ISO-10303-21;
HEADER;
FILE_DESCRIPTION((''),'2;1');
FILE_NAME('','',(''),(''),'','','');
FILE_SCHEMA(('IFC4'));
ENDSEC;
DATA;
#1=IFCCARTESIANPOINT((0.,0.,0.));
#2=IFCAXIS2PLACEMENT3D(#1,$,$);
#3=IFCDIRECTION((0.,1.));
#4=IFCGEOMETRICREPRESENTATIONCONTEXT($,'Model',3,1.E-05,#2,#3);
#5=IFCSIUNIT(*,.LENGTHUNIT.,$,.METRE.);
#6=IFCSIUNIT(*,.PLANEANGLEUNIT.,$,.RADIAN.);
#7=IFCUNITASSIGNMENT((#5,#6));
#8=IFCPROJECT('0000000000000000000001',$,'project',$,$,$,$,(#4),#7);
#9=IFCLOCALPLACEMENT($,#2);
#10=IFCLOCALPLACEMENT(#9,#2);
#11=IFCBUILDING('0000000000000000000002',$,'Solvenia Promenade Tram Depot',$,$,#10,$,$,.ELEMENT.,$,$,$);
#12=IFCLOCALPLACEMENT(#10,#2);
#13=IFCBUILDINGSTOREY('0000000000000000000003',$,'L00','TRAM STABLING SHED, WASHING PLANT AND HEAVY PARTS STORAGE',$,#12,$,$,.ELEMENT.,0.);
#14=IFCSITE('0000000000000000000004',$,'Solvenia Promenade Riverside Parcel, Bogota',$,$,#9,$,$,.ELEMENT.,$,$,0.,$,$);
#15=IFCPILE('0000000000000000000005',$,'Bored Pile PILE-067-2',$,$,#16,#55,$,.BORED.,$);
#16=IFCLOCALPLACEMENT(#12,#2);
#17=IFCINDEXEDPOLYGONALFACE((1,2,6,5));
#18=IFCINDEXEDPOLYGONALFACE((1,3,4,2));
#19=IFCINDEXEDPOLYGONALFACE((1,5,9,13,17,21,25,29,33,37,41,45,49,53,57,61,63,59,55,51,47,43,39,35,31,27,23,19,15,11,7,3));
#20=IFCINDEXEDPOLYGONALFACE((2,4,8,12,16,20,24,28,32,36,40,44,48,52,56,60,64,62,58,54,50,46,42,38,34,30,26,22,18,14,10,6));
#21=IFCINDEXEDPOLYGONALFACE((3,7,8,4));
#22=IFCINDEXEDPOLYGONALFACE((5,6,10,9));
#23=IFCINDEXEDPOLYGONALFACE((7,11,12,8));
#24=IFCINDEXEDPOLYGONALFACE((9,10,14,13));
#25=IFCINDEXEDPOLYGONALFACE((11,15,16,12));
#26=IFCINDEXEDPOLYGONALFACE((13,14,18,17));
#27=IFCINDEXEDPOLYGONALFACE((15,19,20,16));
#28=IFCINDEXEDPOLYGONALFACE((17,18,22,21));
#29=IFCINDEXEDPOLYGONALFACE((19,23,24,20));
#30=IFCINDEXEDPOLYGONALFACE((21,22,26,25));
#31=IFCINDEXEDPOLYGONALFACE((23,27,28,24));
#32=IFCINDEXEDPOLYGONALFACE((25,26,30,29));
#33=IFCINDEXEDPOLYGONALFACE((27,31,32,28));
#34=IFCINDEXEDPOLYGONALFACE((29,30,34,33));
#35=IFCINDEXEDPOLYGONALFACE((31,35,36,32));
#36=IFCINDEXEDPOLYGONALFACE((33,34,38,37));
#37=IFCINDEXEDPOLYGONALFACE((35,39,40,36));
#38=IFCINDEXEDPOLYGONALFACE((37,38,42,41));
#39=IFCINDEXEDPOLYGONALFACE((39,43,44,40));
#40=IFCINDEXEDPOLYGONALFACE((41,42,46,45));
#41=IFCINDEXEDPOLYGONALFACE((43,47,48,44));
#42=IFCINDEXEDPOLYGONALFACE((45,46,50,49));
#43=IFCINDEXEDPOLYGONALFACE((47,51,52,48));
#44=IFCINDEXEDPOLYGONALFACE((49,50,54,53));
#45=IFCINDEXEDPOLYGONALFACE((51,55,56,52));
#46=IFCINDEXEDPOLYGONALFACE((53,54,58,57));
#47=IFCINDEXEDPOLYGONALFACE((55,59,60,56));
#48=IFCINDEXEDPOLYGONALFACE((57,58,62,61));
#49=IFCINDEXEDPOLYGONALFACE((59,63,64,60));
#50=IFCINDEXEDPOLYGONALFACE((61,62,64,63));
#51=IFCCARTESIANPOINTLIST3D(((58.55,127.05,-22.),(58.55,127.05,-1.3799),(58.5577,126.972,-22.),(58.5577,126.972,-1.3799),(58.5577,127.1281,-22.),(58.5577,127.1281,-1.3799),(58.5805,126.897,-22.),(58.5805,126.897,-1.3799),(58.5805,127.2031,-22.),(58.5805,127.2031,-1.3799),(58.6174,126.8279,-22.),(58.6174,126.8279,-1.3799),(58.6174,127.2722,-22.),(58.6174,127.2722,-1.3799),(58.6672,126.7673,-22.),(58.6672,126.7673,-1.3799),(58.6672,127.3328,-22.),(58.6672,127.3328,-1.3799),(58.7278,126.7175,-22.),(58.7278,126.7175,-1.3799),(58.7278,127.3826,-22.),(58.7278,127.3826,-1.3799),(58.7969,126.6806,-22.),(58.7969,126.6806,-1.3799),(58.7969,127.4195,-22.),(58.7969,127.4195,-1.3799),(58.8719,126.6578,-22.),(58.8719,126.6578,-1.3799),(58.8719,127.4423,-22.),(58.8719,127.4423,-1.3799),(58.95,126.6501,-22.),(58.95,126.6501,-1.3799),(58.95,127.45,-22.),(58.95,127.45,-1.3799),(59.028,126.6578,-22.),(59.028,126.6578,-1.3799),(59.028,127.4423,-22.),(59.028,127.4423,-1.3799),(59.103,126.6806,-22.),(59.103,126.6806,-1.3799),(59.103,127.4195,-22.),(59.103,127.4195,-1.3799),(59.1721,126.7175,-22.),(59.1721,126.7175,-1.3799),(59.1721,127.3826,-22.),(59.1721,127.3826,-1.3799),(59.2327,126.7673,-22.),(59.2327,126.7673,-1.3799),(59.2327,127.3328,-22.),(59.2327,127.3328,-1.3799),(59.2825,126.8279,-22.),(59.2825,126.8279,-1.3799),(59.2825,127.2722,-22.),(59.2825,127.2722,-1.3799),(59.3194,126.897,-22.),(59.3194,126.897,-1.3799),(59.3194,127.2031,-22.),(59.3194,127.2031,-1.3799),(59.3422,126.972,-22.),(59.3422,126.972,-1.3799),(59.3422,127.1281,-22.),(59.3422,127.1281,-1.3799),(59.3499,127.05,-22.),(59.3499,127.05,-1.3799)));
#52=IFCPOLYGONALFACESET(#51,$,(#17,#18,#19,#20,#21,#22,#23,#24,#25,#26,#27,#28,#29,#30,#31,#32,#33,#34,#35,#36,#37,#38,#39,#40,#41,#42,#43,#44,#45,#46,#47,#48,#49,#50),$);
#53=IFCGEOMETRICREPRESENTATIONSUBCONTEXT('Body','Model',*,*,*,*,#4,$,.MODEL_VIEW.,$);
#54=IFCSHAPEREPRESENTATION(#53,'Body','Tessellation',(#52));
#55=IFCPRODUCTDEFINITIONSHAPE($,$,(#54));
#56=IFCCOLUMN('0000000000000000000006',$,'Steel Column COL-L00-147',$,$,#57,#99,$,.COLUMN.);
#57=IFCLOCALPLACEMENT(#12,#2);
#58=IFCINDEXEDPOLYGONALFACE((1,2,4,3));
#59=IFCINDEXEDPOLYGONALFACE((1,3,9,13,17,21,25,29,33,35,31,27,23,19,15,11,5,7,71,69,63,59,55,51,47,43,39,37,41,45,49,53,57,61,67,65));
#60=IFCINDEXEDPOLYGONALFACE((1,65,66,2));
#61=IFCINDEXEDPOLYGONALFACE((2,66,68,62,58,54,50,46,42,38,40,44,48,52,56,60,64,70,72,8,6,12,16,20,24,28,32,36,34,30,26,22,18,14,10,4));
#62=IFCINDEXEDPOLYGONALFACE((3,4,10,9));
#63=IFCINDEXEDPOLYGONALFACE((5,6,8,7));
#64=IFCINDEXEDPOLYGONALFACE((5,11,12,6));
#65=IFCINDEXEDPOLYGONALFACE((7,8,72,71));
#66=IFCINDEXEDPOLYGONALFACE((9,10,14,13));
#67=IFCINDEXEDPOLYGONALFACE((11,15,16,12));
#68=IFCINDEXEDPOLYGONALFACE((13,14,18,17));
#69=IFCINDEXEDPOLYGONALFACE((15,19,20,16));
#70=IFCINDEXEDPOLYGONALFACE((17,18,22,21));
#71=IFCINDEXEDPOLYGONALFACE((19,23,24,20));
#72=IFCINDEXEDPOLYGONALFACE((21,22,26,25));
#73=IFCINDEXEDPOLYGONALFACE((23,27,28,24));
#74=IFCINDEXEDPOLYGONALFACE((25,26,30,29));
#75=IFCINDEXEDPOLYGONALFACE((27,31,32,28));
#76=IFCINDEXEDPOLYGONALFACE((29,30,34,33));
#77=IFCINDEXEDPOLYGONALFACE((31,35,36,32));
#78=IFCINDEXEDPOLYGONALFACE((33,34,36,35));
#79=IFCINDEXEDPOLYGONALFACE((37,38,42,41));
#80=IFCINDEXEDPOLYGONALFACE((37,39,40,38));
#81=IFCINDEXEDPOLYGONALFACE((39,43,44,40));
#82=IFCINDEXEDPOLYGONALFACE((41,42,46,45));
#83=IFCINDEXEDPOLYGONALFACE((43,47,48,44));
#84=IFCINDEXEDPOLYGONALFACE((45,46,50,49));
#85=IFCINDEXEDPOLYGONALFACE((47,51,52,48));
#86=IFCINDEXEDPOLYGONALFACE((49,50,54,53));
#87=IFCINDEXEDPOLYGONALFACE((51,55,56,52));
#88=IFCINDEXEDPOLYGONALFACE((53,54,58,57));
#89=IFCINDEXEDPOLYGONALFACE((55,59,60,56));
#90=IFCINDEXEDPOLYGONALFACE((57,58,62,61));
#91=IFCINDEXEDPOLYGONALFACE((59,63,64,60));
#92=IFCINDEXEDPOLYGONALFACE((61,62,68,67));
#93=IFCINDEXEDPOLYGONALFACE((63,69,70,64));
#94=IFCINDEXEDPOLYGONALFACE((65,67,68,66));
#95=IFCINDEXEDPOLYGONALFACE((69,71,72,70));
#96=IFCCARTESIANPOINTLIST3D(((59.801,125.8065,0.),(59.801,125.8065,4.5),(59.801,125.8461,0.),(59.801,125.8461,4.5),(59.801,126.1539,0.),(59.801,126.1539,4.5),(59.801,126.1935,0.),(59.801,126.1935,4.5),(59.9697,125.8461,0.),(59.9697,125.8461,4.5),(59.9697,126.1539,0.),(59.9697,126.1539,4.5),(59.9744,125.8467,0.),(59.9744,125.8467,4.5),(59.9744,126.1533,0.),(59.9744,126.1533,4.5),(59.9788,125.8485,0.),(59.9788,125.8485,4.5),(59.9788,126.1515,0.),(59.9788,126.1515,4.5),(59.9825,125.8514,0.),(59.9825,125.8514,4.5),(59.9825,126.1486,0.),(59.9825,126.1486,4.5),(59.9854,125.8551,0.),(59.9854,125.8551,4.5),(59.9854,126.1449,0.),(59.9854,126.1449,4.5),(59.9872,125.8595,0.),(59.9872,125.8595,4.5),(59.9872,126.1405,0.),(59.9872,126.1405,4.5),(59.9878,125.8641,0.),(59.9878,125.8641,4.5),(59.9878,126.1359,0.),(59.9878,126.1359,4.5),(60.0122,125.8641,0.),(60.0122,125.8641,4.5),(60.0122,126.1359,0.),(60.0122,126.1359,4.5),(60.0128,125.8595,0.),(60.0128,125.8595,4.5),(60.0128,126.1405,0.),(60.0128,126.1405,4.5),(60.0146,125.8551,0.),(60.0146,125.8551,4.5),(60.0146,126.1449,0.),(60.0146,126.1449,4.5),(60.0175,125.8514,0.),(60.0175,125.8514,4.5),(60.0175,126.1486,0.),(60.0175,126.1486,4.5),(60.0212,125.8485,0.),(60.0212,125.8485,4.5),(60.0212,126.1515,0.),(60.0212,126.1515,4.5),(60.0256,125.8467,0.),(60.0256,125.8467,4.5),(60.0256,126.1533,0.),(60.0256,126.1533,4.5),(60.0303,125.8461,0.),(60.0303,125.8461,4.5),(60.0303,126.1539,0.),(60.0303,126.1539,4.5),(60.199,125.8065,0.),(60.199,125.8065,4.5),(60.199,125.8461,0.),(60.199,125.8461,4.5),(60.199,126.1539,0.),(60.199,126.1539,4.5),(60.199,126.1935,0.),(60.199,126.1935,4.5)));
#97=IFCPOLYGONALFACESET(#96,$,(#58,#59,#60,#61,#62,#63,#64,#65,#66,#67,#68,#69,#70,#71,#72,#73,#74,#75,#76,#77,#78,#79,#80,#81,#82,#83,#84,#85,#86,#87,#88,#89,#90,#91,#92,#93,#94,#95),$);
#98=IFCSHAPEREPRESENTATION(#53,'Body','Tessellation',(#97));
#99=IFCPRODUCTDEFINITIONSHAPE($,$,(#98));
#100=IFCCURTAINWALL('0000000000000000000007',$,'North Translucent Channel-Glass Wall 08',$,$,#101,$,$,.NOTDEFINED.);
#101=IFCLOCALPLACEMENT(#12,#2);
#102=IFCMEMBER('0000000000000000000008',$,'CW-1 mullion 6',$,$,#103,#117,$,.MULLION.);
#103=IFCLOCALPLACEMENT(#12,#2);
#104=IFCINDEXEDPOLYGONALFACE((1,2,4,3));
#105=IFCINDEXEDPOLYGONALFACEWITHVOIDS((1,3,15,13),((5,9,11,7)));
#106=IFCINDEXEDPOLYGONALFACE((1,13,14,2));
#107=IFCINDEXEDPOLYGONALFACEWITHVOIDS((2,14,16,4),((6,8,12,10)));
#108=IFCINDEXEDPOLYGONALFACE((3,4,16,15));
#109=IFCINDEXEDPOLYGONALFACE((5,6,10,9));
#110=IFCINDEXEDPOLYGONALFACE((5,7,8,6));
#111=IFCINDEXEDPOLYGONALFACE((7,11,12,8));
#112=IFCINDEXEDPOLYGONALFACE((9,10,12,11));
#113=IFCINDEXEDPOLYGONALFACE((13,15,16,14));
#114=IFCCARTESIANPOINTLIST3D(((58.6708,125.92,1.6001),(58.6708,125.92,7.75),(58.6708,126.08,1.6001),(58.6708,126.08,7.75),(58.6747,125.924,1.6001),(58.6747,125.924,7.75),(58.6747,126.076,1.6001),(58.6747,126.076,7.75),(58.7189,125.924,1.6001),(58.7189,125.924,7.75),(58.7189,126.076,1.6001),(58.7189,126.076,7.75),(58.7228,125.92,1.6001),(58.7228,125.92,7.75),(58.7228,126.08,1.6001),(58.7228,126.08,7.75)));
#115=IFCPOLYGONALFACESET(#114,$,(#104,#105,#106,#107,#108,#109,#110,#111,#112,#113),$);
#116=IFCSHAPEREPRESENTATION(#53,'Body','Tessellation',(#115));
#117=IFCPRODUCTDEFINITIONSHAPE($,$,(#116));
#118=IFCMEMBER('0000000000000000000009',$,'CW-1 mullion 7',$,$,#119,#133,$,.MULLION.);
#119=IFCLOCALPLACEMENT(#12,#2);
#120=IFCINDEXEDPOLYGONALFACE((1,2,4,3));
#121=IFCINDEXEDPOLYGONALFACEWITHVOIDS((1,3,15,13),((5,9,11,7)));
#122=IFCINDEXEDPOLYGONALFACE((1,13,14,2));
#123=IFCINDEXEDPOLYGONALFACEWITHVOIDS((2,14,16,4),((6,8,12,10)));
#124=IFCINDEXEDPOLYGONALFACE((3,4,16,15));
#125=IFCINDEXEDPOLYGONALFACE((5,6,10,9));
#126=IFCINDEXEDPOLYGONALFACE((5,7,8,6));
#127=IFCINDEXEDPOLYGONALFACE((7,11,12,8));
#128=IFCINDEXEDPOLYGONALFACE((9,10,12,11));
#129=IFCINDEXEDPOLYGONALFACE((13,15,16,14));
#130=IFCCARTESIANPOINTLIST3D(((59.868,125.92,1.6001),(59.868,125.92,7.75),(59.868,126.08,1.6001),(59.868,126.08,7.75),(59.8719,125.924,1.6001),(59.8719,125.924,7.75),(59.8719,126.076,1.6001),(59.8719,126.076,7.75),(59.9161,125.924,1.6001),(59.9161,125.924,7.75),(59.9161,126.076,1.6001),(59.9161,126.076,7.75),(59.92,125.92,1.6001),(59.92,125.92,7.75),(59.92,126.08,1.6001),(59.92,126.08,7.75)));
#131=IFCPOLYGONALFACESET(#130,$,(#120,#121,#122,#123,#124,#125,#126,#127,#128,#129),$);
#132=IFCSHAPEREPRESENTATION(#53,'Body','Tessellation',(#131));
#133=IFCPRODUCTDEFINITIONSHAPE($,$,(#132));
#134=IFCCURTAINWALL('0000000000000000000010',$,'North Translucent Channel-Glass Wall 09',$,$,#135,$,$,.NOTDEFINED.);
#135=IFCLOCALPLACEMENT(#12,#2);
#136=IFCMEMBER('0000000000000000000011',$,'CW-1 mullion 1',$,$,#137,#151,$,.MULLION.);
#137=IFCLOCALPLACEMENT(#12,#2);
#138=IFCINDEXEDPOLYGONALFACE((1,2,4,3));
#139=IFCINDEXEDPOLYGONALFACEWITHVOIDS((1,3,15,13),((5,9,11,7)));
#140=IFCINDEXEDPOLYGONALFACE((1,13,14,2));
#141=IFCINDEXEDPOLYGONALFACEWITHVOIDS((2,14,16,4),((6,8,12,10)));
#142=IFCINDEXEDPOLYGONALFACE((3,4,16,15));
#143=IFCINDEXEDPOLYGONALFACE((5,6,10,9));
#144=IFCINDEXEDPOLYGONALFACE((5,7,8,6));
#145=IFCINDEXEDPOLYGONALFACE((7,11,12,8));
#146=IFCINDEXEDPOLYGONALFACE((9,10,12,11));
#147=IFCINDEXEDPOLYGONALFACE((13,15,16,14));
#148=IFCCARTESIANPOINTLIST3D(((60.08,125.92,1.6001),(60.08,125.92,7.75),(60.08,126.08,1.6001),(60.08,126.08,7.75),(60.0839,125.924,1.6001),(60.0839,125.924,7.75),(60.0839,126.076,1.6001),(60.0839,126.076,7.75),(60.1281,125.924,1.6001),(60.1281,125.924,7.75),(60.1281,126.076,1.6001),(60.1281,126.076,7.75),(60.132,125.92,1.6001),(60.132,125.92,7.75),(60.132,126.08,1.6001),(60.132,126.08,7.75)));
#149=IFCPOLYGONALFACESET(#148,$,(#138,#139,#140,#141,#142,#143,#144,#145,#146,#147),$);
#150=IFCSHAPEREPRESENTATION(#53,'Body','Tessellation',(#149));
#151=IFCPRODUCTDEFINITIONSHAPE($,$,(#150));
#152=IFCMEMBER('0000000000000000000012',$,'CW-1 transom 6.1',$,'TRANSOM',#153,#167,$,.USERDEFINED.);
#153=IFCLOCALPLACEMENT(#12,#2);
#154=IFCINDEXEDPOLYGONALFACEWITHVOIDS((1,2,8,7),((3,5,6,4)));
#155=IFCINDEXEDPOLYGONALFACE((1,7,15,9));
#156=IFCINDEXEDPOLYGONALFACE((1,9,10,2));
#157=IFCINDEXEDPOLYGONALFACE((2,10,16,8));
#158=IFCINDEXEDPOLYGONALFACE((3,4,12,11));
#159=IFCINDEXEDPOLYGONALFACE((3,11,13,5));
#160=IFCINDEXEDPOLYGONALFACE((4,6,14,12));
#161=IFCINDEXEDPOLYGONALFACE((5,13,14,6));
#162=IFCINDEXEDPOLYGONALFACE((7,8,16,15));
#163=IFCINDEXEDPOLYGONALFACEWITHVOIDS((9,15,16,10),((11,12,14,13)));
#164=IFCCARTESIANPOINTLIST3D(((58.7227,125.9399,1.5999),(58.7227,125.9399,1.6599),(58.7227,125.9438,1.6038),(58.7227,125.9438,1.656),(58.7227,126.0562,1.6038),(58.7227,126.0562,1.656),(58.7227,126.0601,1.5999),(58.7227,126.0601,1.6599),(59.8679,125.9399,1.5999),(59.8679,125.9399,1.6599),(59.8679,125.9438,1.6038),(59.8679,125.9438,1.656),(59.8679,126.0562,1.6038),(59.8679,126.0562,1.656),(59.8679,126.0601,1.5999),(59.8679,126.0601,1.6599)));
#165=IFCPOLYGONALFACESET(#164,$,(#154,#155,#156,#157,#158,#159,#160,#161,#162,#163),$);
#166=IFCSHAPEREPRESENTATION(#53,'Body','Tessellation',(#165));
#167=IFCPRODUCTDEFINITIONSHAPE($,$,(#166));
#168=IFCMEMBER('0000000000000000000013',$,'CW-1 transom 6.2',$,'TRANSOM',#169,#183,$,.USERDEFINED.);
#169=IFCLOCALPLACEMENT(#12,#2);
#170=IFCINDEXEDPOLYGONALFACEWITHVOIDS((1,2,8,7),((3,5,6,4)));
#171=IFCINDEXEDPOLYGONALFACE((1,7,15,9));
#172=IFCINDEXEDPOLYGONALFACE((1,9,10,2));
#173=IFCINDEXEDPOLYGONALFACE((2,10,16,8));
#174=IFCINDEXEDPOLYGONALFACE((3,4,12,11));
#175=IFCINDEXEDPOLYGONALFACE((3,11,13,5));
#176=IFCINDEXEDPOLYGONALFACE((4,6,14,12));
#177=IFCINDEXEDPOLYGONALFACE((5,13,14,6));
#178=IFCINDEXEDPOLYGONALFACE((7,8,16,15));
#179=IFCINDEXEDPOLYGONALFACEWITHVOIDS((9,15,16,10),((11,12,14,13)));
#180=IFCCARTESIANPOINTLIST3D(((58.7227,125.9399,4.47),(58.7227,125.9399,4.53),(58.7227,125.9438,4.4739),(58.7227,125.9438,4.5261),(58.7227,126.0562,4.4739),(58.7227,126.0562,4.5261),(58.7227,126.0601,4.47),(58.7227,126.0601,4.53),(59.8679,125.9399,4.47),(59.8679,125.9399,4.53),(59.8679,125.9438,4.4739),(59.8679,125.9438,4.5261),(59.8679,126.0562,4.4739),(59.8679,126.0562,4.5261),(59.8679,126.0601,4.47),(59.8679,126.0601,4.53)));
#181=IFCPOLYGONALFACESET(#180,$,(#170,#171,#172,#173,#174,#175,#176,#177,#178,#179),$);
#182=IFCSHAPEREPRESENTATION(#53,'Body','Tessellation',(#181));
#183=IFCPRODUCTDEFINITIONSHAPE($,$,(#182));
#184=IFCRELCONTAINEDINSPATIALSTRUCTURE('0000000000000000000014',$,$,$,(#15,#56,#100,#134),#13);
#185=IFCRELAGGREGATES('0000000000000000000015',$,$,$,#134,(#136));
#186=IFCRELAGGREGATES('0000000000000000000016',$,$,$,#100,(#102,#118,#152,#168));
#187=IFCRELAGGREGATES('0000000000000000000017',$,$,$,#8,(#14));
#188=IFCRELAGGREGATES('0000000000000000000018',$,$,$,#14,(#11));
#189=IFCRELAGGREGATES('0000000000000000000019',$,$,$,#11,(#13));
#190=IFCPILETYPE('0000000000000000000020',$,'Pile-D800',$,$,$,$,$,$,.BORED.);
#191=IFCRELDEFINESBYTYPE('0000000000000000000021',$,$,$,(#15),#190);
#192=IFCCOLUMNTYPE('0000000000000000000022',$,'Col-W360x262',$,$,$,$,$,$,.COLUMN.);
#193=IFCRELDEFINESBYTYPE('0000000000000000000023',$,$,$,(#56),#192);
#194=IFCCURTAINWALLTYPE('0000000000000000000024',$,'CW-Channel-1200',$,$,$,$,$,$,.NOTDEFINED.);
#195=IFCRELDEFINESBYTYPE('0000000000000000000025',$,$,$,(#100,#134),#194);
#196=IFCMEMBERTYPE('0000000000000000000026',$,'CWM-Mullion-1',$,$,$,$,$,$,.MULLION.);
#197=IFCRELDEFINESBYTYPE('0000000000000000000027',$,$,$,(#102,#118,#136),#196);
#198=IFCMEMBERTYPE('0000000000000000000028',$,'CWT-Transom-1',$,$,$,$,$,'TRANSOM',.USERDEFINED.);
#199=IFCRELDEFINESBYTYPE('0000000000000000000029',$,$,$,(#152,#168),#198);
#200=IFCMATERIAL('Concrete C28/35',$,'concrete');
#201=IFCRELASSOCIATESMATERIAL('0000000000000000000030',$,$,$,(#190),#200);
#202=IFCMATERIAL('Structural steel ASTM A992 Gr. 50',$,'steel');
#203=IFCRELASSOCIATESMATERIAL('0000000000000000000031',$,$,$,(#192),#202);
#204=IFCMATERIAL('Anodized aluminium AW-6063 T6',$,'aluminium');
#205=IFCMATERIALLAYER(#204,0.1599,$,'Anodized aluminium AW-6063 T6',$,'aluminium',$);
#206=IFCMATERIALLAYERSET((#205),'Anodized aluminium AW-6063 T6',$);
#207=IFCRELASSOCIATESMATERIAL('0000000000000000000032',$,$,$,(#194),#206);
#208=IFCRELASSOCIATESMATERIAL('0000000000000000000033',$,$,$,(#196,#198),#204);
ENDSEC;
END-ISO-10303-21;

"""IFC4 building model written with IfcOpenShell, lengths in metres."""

from ifc_helpers import new_model, si_unit, direction, frame, origin, origin_2d, place, context, subcontext, project, spatial, hollow_rectangle, circle, i_section, extrude, material, layer, layer_set, material_profile, profile_set, type_object, element, aggregate, save


model = new_model("IFC4")

# Units and contexts
model_context = context("Model", 3, precision=1e-05, world=origin(), true_north=direction((0.0, 1.0)))
body_context = subcontext(model_context, "Body", "Model", "MODEL_VIEW")
ifc_project = project(units=[si_unit("LENGTHUNIT", "METRE"), si_unit("PLANEANGLEUNIT", "RADIAN")], contexts=[model_context])

# Site, building, storey
site_placement = place(None, origin())
site = spatial("IfcSite", under=ifc_project, at=site_placement, Name="Solvenia Promenade Riverside Parcel, Bogota", CompositionType="ELEMENT", RefElevation=0.0)
building_placement = place(site_placement, origin())
building = spatial("IfcBuilding", under=site, at=building_placement, Name="Solvenia Promenade Tram Depot", CompositionType="ELEMENT")
storey_placement = place(building_placement, origin())
storey = spatial("IfcBuildingStorey", under=building, at=storey_placement, Name="L00", Description="TRAM STABLING SHED, WASHING PLANT AND HEAVY PARTS STORAGE", CompositionType="ELEMENT", Elevation=0.0)

# Shared definitions
ifc_material_1 = material(Name="Concrete C28/35", Category="concrete")

# Pile
ifc_material_profile_1 = material_profile(ifc_material_1, circle(Radius=0.3999, at=origin_2d()), Name="D800", Category="concrete")
ifc_profile_set_1 = profile_set([ifc_material_profile_1], Name="Concrete C28/35")
pile_type = type_object("IfcPileType", Name="Pile-D800", PredefinedType="BORED", material=ifc_profile_set_1)
for number, where, z_axis, x_axis, name in (
    (1, (58.95, 127.05, -1.3799), (0.0, 0.0, -1.0), (1.0, 0.0, 0.0), "Bored Pile PILE-067-2"),
):
    element("IfcPile", number, at=place(storey_placement, frame(where, z_axis=z_axis, x_axis=x_axis)), inside=storey, type_object=pile_type, Name=name, PredefinedType="BORED", context=body_context, shape_type="SweptSolid", body=[
        extrude(circle(Radius=0.3999, at=origin_2d()), origin(), (0.0, 0.0, 1.0), 20.6201),
    ])

# Column
ifc_material_2 = material(Name="Structural steel ASTM A992 Gr. 50", Category="steel")
ifc_material_profile_2 = material_profile(ifc_material_2, i_section(OverallWidth=0.3979, OverallDepth=0.387, WebThickness=0.0244, FlangeThickness=0.0396, FilletRadius=0.0181, at=origin_2d()), Name="W360x262", Category="steel")
ifc_profile_set_2 = profile_set([ifc_material_profile_2], Name="Structural steel ASTM A992 Gr. 50")
column_type = type_object("IfcColumnType", Name="Col-W360x262", PredefinedType="COLUMN", material=ifc_profile_set_2)
column_placement = place(storey_placement, frame((60.0, 126.0, 0.0), z_axis=(0.0, 0.0, 1.0), x_axis=(1.0, 0.0, 0.0)))
element("IfcColumn", 2, at=column_placement, inside=storey, type_object=column_type, Name="Steel Column COL-L00-147", PredefinedType="COLUMN", context=body_context, shape_type="SweptSolid", body=[
    extrude(i_section(OverallWidth=0.3979, OverallDepth=0.387, WebThickness=0.0244, FlangeThickness=0.0396, FilletRadius=0.0181, at=origin_2d()), origin(), (0.0, 0.0, 1.0), 4.5),
])

# Curtain wall, members
ifc_material_3 = material(Name="Anodized aluminium AW-6063 T6", Category="aluminium")
ifc_layer_1 = layer(ifc_material_3, 0.1599, Name="Anodized aluminium AW-6063 T6", Category="aluminium")
ifc_layer_set_1 = layer_set([ifc_layer_1], Name="Anodized aluminium AW-6063 T6")
curtain_wall_type = type_object("IfcCurtainWallType", Name="CW-Channel-1200", PredefinedType="NOTDEFINED", material=ifc_layer_set_1)
curtain_wall_1_placement = place(storey_placement, origin())
curtain_wall_1 = element("IfcCurtainWall", 3, at=curtain_wall_1_placement, inside=storey, type_object=curtain_wall_type, Name="North Translucent Channel-Glass Wall 08", PredefinedType="NOTDEFINED")
ifc_material_profile_3 = material_profile(ifc_material_3, hollow_rectangle(XDim=0.1599, YDim=0.052, WallThickness=0.0039, at=origin_2d()), Name="ALU-M1", Category="aluminium")
ifc_profile_set_3 = profile_set([ifc_material_profile_3], Name="Anodized aluminium AW-6063 T6")
member_type_1 = type_object("IfcMemberType", Name="CWM-Mullion-1", PredefinedType="MULLION", material=ifc_profile_set_3)
member_1_placement = place(storey_placement, frame((58.6968, 126.0, 1.6001), z_axis=(0.0, 0.0, 1.0), x_axis=(0.0, 1.0, 0.0)))
member_1 = element("IfcMember", 4, at=member_1_placement, type_object=member_type_1, Name="CW-1 mullion 6", PredefinedType="MULLION", context=body_context, shape_type="SweptSolid", body=[
    extrude(hollow_rectangle(XDim=0.1599, YDim=0.052, WallThickness=0.0039, at=origin_2d()), origin(), (0.0, 0.0, 1.0), 6.1499),
])
member_2_placement = place(storey_placement, frame((59.894, 126.0, 1.6001), z_axis=(0.0, 0.0, 1.0), x_axis=(0.0, 1.0, 0.0)))
member_2 = element("IfcMember", 5, at=member_2_placement, type_object=member_type_1, Name="CW-1 mullion 7", PredefinedType="MULLION", context=body_context, shape_type="SweptSolid", body=[
    extrude(hollow_rectangle(XDim=0.1599, YDim=0.052, WallThickness=0.0039, at=origin_2d()), origin(), (0.0, 0.0, 1.0), 6.1499),
])

# Curtain wall, member
curtain_wall_2_placement = place(storey_placement, origin())
curtain_wall_2 = element("IfcCurtainWall", 6, at=curtain_wall_2_placement, inside=storey, type_object=curtain_wall_type, Name="North Translucent Channel-Glass Wall 09", PredefinedType="NOTDEFINED")
member_3_placement = place(storey_placement, frame((60.106, 126.0, 1.6001), z_axis=(0.0, 0.0, 1.0), x_axis=(0.0, 1.0, 0.0)))
member_3 = element("IfcMember", 7, at=member_3_placement, type_object=member_type_1, Name="CW-1 mullion 1", PredefinedType="MULLION", context=body_context, shape_type="SweptSolid", body=[
    extrude(hollow_rectangle(XDim=0.1599, YDim=0.052, WallThickness=0.0039, at=origin_2d()), origin(), (0.0, 0.0, 1.0), 6.1499),
])

# Members
ifc_material_profile_4 = material_profile(ifc_material_3, hollow_rectangle(XDim=0.1201, YDim=0.0601, WallThickness=0.0039, at=origin_2d()), Name="ALU-T1", Category="aluminium")
ifc_profile_set_4 = profile_set([ifc_material_profile_4], Name="Anodized aluminium AW-6063 T6")
member_type_2 = type_object("IfcMemberType", Name="CWT-Transom-1", ElementType="TRANSOM", PredefinedType="USERDEFINED", material=ifc_profile_set_4)
member_4_placement = place(storey_placement, frame((58.7227, 126.0, 1.6299), z_axis=(1.0, 0.0, 0.0), x_axis=(0.0, 1.0, 0.0)))
member_4 = element("IfcMember", 8, at=member_4_placement, type_object=member_type_2, Name="CW-1 transom 6.1", ObjectType="TRANSOM", PredefinedType="USERDEFINED", context=body_context, shape_type="SweptSolid", body=[
    extrude(hollow_rectangle(XDim=0.1201, YDim=0.0601, WallThickness=0.0039, at=origin_2d()), origin(), (0.0, 0.0, 1.0), 1.1453),
])
member_5_placement = place(storey_placement, frame((58.7227, 126.0, 4.5), z_axis=(1.0, 0.0, 0.0), x_axis=(0.0, 1.0, 0.0)))
member_5 = element("IfcMember", 9, at=member_5_placement, type_object=member_type_2, Name="CW-1 transom 6.2", ObjectType="TRANSOM", PredefinedType="USERDEFINED", context=body_context, shape_type="SweptSolid", body=[
    extrude(hollow_rectangle(XDim=0.1201, YDim=0.0601, WallThickness=0.0039, at=origin_2d()), origin(), (0.0, 0.0, 1.0), 1.1453),
])
aggregate(curtain_wall_2, [member_3])

aggregate(curtain_wall_1, [member_1, member_2, member_4, member_5])

save(model, "model.ifc")
